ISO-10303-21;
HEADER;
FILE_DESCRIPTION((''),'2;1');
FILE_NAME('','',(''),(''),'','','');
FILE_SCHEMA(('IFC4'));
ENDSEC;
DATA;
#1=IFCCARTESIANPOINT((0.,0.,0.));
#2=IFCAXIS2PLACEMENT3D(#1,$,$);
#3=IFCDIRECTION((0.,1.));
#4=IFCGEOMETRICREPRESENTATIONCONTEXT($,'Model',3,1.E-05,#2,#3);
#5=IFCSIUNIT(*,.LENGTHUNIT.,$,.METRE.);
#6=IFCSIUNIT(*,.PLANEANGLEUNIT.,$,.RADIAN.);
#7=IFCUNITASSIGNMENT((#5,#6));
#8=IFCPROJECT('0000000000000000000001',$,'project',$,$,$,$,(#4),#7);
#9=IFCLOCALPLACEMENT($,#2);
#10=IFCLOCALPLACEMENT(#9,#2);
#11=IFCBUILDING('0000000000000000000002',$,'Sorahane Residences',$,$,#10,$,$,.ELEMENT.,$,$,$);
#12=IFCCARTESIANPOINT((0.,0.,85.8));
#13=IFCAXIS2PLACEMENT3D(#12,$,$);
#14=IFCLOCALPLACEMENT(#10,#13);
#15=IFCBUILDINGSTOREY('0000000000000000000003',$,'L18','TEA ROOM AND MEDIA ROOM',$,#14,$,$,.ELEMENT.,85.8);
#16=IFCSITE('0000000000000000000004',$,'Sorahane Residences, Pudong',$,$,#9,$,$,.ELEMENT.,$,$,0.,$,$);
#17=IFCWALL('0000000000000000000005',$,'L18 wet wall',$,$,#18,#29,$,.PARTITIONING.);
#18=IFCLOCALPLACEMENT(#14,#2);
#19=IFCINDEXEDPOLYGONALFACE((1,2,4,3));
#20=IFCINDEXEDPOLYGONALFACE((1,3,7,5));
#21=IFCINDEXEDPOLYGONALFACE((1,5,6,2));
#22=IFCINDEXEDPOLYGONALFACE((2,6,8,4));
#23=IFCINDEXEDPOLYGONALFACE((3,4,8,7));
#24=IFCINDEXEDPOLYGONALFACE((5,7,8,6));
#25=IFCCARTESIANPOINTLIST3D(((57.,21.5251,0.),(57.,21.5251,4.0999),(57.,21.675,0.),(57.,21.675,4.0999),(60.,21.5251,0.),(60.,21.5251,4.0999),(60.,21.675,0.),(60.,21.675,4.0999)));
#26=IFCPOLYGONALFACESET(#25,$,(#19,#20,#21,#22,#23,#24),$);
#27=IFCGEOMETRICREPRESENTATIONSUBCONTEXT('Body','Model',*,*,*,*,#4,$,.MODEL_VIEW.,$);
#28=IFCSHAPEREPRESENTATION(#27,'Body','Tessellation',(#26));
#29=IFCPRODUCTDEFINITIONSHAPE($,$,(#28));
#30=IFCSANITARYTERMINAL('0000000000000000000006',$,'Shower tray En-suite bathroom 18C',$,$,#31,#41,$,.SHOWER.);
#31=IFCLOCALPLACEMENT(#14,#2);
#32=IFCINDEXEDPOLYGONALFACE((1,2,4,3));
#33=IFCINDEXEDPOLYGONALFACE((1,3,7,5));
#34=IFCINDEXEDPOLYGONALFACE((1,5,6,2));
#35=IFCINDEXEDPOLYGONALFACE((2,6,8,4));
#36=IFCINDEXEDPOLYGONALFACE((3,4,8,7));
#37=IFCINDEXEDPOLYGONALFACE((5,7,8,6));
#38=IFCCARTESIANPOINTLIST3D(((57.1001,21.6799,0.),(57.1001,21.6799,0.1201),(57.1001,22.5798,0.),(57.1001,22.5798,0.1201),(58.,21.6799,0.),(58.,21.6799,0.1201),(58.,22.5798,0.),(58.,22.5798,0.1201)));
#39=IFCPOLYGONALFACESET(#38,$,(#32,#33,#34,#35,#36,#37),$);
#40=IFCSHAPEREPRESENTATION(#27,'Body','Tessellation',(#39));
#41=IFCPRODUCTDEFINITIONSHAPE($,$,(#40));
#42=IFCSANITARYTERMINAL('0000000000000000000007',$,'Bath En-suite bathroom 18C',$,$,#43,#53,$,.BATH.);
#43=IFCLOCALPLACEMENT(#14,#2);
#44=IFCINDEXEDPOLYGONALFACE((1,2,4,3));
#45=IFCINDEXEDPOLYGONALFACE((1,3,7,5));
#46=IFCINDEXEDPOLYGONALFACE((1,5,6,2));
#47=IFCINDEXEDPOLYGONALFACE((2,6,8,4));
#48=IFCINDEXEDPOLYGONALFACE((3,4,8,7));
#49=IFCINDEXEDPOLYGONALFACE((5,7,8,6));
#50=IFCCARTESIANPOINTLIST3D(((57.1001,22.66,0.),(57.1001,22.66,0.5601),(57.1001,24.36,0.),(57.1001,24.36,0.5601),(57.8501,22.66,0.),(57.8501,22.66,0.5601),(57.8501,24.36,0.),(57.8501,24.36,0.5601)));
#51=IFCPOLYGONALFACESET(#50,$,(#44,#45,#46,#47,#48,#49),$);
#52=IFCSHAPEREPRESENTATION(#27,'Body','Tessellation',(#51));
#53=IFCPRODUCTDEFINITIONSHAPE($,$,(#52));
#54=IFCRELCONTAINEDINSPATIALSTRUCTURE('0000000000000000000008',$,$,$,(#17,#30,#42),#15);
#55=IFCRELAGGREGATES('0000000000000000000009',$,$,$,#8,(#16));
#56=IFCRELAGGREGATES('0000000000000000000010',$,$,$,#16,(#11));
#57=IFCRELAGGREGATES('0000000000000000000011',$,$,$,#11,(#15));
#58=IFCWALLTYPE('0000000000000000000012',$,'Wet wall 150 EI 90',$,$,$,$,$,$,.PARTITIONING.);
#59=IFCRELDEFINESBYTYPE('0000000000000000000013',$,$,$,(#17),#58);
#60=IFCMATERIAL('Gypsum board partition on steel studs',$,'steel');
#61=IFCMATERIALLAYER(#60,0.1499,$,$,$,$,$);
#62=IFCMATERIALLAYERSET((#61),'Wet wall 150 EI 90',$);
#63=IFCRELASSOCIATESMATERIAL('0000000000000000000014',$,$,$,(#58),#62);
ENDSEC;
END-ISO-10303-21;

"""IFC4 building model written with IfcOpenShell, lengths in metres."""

from ifc_helpers import new_model, si_unit, direction, frame, frame_2d, origin, origin_2d, place, context, subcontext, project, spatial, rectangle, extrude, material, layer, layer_set, type_object, element, save


model = new_model("IFC4")

# Units and contexts
model_context = context("Model", 3, precision=1e-05, world=origin(), true_north=direction((0.0, 1.0)))
body_context = subcontext(model_context, "Body", "Model", "MODEL_VIEW")
ifc_project = project(units=[si_unit("LENGTHUNIT", "METRE"), si_unit("PLANEANGLEUNIT", "RADIAN")], contexts=[model_context])

# Site, building, storey
site_placement = place(None, origin())
site = spatial("IfcSite", under=ifc_project, at=site_placement, Name="Sorahane Residences, Pudong", CompositionType="ELEMENT", RefElevation=0.0)
building_placement = place(site_placement, origin())
building = spatial("IfcBuilding", under=site, at=building_placement, Name="Sorahane Residences", CompositionType="ELEMENT")
storey_placement = place(building_placement, frame((0.0, 0.0, 85.8)))
storey = spatial("IfcBuildingStorey", under=building, at=storey_placement, Name="L18", Description="TEA ROOM AND MEDIA ROOM", CompositionType="ELEMENT", Elevation=85.8)

# Shared definitions
ifc_material_1 = material(Name="Gypsum board partition on steel studs", Category="steel")
ifc_layer_1 = layer(ifc_material_1, 0.1499)
ifc_layer_set_1 = layer_set([ifc_layer_1], Name="Wet wall 150 EI 90")
wall_type_1 = type_object("IfcWallType", Name="Wet wall 150 EI 90", PredefinedType="PARTITIONING", material=ifc_layer_set_1)

# Wall
wall_1_placement = place(storey_placement, frame((57.0, 21.6001, 0.0), z_axis=(0.0, 0.0, 1.0), x_axis=(1.0, 0.0, 0.0)))
element("IfcWall", 1, at=wall_1_placement, inside=storey, type_object=wall_type_1, Name="L18 wet wall", PredefinedType="PARTITIONING", context=body_context, shape_type="SweptSolid", body=[
    extrude(rectangle(XDim=3.0, YDim=0.1499, at=frame_2d((1.5, 0.0))), origin(), (0.0, 0.0, 1.0), 4.0999),
])

# Sanitary terminals
sanitary_terminal_1_placement = place(storey_placement, frame((57.55, 22.1299, 0.0), z_axis=(0.0, 0.0, 1.0), x_axis=(0.0, 1.0, 0.0)))
element("IfcSanitaryTerminal", 2, at=sanitary_terminal_1_placement, inside=storey, Name="Shower tray En-suite bathroom 18C", PredefinedType="SHOWER", context=body_context, shape_type="SweptSolid", body=[
    extrude(rectangle(XDim=0.8999, YDim=0.8999, at=origin_2d()), origin(), (0.0, 0.0, 1.0), 0.1201),
])
sanitary_terminal_2_placement = place(storey_placement, frame((57.4751, 23.51, 0.0), z_axis=(0.0, 0.0, 1.0), x_axis=(0.0, 1.0, 0.0)))
element("IfcSanitaryTerminal", 3, at=sanitary_terminal_2_placement, inside=storey, Name="Bath En-suite bathroom 18C", PredefinedType="BATH", context=body_context, shape_type="SweptSolid", body=[
    extrude(rectangle(XDim=1.7, YDim=0.75, at=origin_2d()), origin(), (0.0, 0.0, 1.0), 0.5601),
])

save(model, "model.ifc")
